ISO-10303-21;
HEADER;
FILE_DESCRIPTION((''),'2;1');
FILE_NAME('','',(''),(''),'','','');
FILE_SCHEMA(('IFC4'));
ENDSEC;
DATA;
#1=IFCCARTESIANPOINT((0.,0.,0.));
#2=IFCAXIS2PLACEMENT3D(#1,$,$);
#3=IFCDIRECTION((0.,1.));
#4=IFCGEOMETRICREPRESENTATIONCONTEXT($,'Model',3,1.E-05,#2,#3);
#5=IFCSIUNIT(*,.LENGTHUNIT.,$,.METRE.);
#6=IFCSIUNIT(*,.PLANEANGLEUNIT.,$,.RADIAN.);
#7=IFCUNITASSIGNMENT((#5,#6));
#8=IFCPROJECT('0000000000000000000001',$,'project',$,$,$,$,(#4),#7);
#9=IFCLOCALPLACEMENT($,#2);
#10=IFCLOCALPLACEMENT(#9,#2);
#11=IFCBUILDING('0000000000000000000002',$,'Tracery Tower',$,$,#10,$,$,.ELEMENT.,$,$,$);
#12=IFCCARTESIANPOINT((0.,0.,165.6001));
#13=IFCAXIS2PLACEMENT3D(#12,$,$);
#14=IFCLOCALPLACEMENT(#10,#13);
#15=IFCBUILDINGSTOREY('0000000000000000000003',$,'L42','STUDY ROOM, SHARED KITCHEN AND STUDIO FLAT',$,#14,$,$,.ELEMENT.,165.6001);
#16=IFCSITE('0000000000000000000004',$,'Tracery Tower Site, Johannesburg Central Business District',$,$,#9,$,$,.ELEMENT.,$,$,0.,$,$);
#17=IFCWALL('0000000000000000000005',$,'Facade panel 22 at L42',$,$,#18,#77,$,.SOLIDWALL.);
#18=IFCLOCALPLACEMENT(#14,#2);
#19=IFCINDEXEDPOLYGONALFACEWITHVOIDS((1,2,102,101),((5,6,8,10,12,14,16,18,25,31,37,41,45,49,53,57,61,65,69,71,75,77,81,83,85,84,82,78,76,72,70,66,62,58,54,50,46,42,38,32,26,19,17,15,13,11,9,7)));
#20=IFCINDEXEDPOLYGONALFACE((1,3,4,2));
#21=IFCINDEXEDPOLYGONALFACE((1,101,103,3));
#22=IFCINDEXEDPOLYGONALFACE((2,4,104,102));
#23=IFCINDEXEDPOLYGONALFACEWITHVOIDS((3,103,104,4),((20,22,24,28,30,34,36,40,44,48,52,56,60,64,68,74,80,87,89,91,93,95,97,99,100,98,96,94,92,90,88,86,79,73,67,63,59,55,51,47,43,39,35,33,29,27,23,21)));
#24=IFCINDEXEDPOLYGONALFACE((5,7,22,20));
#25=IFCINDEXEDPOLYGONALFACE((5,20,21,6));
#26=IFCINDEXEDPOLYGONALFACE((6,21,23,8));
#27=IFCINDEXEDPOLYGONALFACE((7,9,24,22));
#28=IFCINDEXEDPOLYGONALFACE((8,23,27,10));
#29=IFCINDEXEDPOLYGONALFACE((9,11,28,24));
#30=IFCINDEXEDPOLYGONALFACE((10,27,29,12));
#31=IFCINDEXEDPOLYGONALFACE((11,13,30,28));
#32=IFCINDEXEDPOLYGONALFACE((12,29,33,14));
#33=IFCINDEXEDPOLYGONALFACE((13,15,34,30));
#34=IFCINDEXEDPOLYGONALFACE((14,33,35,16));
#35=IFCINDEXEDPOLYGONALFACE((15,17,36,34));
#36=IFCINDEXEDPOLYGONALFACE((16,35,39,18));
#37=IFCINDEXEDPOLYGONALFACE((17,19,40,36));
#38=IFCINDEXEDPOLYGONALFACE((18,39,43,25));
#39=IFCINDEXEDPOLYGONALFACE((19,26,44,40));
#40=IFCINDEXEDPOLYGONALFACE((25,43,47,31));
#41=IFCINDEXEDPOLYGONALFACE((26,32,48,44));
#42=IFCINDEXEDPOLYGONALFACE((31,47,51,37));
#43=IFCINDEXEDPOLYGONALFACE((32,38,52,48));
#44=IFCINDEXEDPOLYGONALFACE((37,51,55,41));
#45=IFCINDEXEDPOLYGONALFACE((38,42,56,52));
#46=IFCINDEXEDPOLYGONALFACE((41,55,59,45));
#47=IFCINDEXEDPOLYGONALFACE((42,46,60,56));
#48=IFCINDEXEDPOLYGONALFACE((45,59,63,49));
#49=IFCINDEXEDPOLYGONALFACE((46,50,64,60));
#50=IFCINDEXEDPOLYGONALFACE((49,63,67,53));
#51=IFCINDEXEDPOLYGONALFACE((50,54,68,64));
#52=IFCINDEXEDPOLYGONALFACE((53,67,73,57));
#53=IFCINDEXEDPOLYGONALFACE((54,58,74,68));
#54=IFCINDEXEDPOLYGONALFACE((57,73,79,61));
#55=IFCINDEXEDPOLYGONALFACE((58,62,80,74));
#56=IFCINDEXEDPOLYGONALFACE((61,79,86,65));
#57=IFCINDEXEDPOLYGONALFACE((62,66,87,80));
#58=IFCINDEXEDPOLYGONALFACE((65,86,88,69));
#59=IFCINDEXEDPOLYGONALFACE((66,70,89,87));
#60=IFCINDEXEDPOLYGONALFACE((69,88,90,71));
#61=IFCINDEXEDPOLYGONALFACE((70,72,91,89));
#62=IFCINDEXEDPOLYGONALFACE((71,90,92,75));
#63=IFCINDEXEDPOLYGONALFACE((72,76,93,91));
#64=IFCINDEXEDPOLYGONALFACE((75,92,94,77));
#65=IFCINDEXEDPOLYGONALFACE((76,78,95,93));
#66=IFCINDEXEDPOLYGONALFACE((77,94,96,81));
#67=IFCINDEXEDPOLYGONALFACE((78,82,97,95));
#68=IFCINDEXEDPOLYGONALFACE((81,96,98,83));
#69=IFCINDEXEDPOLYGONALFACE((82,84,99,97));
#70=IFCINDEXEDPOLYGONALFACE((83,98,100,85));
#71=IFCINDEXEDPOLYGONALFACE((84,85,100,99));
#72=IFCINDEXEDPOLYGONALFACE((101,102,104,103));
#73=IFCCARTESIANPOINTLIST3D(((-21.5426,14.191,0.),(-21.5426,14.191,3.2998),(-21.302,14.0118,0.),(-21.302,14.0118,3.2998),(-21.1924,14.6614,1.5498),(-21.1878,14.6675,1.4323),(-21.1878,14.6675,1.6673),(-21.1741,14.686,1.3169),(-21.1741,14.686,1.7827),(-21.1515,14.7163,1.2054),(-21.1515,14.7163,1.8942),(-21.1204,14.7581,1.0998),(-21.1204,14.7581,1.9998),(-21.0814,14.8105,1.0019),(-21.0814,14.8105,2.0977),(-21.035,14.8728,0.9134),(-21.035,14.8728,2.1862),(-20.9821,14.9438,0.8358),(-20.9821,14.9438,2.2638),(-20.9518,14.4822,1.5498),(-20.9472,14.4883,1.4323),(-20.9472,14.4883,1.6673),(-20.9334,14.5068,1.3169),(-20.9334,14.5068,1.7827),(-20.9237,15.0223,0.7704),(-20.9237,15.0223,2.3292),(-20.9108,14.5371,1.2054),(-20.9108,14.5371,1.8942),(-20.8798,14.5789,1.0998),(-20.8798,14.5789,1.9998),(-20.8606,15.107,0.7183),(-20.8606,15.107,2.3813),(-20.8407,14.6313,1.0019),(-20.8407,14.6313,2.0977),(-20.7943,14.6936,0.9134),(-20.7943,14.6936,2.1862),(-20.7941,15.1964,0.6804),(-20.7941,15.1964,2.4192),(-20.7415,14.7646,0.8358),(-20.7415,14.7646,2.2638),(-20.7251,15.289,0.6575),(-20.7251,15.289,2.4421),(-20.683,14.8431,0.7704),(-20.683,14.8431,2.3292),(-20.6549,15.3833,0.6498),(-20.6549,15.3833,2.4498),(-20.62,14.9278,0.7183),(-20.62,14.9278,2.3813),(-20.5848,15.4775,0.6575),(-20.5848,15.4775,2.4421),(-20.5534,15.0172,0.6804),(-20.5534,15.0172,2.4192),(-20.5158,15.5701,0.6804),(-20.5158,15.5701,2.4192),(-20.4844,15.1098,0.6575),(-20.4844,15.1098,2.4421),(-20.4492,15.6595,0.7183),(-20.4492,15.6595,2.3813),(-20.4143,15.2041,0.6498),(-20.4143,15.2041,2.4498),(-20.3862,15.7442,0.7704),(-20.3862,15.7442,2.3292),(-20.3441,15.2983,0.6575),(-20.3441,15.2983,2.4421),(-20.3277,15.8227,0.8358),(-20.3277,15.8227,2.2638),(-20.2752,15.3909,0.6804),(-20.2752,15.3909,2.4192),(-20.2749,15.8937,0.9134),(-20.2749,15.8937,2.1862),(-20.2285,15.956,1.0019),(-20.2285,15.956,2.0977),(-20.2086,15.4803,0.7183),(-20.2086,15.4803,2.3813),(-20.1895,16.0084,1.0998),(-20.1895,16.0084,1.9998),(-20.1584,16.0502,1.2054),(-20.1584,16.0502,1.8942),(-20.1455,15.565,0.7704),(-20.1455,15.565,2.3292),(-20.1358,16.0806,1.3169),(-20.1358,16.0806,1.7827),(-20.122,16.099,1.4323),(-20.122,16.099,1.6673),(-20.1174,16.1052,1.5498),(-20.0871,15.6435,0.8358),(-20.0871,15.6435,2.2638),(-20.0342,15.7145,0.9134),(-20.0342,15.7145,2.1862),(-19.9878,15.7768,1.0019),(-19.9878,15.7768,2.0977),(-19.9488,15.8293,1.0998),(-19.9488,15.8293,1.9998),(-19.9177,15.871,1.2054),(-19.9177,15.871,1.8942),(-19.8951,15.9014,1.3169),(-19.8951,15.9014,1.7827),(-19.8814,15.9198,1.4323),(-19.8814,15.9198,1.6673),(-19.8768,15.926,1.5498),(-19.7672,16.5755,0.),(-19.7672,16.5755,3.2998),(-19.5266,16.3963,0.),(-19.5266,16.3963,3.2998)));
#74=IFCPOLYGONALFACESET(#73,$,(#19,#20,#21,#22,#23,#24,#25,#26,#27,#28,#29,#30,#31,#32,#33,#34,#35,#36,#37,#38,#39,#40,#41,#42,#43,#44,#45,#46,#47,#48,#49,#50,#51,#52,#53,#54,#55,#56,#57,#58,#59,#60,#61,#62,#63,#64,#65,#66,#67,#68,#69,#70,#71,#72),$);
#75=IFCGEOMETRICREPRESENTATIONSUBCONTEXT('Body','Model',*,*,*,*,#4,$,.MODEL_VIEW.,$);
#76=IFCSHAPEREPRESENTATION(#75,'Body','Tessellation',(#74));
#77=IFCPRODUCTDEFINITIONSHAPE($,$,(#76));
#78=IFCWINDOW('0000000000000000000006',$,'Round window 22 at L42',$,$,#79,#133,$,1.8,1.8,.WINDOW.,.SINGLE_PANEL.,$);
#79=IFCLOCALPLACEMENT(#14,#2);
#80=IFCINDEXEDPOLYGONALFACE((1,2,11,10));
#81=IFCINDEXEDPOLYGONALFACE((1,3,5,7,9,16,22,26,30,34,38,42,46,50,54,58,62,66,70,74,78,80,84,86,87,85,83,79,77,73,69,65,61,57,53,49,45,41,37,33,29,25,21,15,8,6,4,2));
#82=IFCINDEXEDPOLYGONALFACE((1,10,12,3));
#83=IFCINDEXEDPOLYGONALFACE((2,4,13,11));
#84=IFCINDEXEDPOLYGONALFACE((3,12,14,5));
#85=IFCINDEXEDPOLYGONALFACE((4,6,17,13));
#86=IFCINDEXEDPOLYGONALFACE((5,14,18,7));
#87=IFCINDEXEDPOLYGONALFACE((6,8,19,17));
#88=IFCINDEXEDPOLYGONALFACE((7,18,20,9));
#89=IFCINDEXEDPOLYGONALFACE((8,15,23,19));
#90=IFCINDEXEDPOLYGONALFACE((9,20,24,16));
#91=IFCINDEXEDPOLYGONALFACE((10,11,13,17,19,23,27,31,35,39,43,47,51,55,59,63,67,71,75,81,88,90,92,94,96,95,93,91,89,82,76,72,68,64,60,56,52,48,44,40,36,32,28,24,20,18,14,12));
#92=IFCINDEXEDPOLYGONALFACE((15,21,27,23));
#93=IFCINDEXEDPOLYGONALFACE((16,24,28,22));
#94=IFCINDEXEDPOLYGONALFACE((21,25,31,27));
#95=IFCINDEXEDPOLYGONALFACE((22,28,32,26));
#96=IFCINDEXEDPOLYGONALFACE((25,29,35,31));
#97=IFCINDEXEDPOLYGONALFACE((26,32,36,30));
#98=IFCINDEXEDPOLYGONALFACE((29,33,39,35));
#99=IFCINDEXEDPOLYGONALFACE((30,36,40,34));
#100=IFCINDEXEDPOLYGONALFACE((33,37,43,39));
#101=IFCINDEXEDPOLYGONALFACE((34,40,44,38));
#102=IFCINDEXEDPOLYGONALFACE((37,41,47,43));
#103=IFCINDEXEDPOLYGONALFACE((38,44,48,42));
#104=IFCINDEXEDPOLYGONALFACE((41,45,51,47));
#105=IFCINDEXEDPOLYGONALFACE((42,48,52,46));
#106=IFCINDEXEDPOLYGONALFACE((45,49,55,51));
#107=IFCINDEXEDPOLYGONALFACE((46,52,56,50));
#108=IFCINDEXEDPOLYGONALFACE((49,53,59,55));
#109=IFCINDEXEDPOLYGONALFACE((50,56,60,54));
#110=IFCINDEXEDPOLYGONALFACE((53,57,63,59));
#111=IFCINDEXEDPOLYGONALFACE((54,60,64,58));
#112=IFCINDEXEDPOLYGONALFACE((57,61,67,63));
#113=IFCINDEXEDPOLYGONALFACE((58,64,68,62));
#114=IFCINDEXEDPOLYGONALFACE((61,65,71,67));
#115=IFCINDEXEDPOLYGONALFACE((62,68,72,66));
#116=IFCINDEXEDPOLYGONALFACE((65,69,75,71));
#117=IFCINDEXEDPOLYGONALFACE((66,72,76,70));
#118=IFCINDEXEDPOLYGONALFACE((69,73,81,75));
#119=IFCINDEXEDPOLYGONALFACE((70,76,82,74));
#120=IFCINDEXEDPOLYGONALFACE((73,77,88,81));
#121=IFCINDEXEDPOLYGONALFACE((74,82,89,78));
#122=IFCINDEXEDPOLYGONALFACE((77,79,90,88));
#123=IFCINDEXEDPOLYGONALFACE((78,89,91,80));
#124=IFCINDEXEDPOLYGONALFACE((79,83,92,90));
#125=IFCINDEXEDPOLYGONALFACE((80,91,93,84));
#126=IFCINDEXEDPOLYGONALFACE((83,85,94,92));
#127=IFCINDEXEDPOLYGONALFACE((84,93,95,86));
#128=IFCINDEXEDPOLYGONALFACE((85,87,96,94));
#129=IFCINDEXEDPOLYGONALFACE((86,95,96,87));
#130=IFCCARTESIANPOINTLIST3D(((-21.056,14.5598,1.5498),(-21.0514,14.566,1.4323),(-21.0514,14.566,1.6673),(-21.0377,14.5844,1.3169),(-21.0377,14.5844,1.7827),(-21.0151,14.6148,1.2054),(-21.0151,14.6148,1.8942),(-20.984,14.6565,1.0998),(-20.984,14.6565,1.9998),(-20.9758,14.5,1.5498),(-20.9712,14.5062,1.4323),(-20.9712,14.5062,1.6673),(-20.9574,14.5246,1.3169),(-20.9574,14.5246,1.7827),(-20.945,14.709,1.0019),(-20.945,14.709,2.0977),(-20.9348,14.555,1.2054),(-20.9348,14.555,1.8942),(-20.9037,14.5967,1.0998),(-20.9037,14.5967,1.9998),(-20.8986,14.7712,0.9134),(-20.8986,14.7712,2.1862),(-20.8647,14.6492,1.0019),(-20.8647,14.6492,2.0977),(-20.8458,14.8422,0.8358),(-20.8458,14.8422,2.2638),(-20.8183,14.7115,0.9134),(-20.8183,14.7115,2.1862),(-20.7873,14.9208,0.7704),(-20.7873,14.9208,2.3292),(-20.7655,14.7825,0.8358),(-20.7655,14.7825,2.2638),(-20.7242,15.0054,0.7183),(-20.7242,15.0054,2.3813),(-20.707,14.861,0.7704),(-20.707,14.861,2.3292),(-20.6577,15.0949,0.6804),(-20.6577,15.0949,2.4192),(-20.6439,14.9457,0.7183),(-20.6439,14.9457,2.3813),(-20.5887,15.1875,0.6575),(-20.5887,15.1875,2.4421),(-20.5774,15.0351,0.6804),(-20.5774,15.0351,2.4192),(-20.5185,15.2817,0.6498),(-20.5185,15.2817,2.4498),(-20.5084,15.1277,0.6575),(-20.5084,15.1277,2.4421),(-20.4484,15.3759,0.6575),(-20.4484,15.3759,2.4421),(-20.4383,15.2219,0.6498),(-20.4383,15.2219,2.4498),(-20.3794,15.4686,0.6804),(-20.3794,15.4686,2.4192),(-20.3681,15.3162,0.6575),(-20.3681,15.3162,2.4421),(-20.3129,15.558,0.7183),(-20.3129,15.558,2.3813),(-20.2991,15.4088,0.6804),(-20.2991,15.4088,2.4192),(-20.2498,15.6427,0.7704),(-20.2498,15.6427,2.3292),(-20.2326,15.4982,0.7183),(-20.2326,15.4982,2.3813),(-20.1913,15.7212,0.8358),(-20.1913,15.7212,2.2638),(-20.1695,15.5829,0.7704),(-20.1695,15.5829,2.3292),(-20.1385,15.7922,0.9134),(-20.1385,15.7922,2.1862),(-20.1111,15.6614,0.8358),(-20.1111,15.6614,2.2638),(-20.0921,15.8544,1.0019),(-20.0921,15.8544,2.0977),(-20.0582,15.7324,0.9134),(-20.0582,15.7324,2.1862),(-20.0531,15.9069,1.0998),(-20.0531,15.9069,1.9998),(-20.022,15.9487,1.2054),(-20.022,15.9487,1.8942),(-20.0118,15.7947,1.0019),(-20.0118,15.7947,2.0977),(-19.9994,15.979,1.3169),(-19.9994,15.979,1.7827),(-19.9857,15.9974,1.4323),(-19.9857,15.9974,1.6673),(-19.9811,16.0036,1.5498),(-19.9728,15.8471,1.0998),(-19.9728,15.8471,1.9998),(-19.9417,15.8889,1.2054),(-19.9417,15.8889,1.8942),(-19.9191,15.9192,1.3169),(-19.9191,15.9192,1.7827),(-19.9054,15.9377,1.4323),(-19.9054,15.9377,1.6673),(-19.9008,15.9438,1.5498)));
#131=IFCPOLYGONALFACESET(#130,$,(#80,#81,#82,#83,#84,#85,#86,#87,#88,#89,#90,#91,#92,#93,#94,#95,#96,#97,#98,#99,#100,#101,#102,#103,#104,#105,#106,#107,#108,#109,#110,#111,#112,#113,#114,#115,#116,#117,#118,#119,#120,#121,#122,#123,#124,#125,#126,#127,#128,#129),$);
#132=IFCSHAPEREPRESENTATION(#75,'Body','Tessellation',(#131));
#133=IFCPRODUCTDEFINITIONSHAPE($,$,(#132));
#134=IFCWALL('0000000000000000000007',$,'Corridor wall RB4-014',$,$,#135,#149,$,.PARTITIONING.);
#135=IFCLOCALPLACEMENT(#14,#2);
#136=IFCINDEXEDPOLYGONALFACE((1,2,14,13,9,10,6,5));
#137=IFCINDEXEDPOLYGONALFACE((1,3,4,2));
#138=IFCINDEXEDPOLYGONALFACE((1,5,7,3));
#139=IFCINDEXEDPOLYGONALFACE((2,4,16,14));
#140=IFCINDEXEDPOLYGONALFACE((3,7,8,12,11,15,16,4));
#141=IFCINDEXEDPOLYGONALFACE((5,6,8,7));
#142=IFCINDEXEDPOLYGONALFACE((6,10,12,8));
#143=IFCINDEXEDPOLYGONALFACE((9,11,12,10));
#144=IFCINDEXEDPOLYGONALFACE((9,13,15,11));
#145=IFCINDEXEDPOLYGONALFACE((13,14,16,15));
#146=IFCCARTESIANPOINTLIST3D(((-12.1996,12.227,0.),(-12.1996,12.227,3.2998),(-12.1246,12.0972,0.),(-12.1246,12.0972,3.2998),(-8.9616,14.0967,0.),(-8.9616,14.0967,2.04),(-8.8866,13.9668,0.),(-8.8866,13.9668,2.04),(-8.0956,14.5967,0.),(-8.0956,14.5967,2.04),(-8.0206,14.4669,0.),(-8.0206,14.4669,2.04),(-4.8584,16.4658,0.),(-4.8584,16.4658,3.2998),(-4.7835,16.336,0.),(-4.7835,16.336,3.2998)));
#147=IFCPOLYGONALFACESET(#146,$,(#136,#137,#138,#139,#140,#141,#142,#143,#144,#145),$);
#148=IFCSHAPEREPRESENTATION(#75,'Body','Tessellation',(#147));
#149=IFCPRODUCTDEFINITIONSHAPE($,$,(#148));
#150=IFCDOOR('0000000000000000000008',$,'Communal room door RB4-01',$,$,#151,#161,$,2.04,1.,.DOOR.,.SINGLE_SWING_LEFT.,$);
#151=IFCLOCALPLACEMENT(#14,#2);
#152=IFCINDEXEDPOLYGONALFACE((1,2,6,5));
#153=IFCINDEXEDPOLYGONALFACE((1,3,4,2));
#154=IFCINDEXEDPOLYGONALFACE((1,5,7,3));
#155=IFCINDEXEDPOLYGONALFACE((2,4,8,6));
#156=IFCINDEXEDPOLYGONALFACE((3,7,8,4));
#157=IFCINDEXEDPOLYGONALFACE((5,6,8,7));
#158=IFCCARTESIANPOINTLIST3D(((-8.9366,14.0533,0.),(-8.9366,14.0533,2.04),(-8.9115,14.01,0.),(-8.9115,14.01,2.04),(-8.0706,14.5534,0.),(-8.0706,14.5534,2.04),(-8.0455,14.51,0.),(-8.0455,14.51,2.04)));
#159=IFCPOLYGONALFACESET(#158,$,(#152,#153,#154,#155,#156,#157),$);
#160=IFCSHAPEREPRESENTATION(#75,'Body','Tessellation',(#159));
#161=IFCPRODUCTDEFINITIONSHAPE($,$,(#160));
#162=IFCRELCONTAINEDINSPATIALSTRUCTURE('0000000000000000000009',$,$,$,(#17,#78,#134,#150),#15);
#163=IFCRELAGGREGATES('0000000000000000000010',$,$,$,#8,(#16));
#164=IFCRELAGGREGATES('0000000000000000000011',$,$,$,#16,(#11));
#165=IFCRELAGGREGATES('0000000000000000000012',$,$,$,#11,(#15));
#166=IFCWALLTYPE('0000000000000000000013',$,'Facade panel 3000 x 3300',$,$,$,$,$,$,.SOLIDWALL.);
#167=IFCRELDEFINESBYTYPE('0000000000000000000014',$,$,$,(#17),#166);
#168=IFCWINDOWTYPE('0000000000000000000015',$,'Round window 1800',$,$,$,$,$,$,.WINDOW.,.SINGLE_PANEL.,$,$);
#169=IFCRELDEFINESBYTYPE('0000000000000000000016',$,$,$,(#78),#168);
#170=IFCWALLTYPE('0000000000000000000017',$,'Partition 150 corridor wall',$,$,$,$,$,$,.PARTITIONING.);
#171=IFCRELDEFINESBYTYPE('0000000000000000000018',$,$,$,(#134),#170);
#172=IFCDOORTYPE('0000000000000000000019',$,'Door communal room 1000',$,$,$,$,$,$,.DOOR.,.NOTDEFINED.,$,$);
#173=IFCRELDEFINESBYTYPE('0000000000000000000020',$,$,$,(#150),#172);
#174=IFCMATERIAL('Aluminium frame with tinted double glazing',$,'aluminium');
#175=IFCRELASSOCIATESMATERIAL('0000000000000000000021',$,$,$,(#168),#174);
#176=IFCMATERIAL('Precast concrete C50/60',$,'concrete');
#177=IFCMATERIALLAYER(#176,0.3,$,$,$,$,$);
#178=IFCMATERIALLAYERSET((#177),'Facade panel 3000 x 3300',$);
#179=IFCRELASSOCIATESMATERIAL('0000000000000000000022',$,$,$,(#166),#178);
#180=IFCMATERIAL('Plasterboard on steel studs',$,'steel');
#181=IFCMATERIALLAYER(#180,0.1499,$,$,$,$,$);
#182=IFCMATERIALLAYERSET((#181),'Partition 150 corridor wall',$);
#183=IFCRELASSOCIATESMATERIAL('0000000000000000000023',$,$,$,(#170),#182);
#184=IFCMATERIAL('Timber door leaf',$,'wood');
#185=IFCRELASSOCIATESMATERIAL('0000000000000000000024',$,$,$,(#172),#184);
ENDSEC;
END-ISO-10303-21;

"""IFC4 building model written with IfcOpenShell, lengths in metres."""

from ifc_helpers import new_model, si_unit, direction, frame, frame_2d, origin, origin_2d, place, context, subcontext, project, spatial, rectangle, circle, extrude, material, layer, layer_set, type_object, element, fill, save


model = new_model("IFC4")

# Units and contexts
model_context = context("Model", 3, precision=1e-05, world=origin(), true_north=direction((0.0, 1.0)))
body_context = subcontext(model_context, "Body", "Model", "MODEL_VIEW")
ifc_project = project(units=[si_unit("LENGTHUNIT", "METRE"), si_unit("PLANEANGLEUNIT", "RADIAN")], contexts=[model_context])

# Site, building, storey
site_placement = place(None, origin())
site = spatial("IfcSite", under=ifc_project, at=site_placement, Name="Tracery Tower Site, Johannesburg Central Business District", CompositionType="ELEMENT", RefElevation=0.0)
building_placement = place(site_placement, origin())
building = spatial("IfcBuilding", under=site, at=building_placement, Name="Tracery Tower", CompositionType="ELEMENT")
storey_placement = place(building_placement, frame((0.0, 0.0, 165.6001)))
storey = spatial("IfcBuildingStorey", under=building, at=storey_placement, Name="L42", Description="STUDY ROOM, SHARED KITCHEN AND STUDIO FLAT", CompositionType="ELEMENT", Elevation=165.6001)

# Wall, opening, window
ifc_material_1 = material(Name="Aluminium frame with tinted double glazing", Category="aluminium")
window_type = type_object("IfcWindowType", Name="Round window 1800", PartitioningType="SINGLE_PANEL", PredefinedType="WINDOW", material=ifc_material_1)
ifc_material_2 = material(Name="Precast concrete C50/60", Category="concrete")
ifc_layer_1 = layer(ifc_material_2, 0.3)
ifc_layer_set_1 = layer_set([ifc_layer_1], Name="Facade panel 3000 x 3300")
wall_type_1 = type_object("IfcWallType", Name="Facade panel 3000 x 3300", PredefinedType="SOLIDWALL", material=ifc_layer_set_1)
wall_1_placement = place(storey_placement, frame((-19.647, 16.4858, 0.0), z_axis=(0.0, 0.0, 1.0), x_axis=(-0.597198, -0.802094, 0.0)))
wall_1 = element("IfcWall", 1, at=wall_1_placement, inside=storey, type_object=wall_type_1, Name="Facade panel 22 at L42", PredefinedType="SOLIDWALL", context=body_context, shape_type="SweptSolid", body=[
    extrude(rectangle(XDim=2.9729, YDim=0.3, at=frame_2d((1.4863, 0.0))), origin(), (0.0, 0.0, 1.0), 3.2998),
])
opening_1_placement = place(wall_1_placement, frame((1.4863, 0.0, 1.5498)))
opening_1 = element("IfcOpeningElement", 2, at=opening_1_placement, cuts=wall_1, PredefinedType="OPENING", context=body_context, shape_type="SweptSolid", body=[
    extrude(circle(Radius=0.9, at=origin_2d()), frame((0.0, 0.1599, 0.0), z_axis=(0.0, -1.0, 0.0), x_axis=(1.0, 0.0, 0.0)), (0.0, 0.0, 1.0), 0.3201),
])
window_1_placement = place(opening_1_placement, origin())
window_1 = element("IfcWindow", 3, at=window_1_placement, inside=storey, type_object=window_type, Name="Round window 22 at L42", OverallHeight=1.8, OverallWidth=1.8, PartitioningType="SINGLE_PANEL", PredefinedType="WINDOW", context=body_context, shape_type="SweptSolid", body=[
    extrude(circle(Radius=0.9, at=origin_2d()), frame((0.0, 0.1201, 0.0), z_axis=(0.0, -1.0, 0.0), x_axis=(1.0, 0.0, 0.0)), (0.0, 0.0, 1.0), 0.1001),
])
fill(opening_1, window_1)

# Wall, opening, door
ifc_material_3 = material(Name="Plasterboard on steel studs", Category="steel")
ifc_layer_2 = layer(ifc_material_3, 0.1499)
ifc_layer_set_2 = layer_set([ifc_layer_2], Name="Partition 150 corridor wall")
wall_type_2 = type_object("IfcWallType", Name="Partition 150 corridor wall", PredefinedType="PARTITIONING", material=ifc_layer_set_2)
wall_2_placement = place(storey_placement, frame((-12.1621, 12.1621, 0.0), z_axis=(0.0, 0.0, 1.0), x_axis=(0.866005, 0.500036, 0.0)))
wall_2 = element("IfcWall", 4, at=wall_2_placement, inside=storey, type_object=wall_type_2, Name="Corridor wall RB4-014", PredefinedType="PARTITIONING", context=body_context, shape_type="SweptSolid", body=[
    extrude(rectangle(XDim=8.4771, YDim=0.1499, at=frame_2d((4.2385, 0.0))), origin(), (0.0, 0.0, 1.0), 3.2998),
])
opening_2_placement = place(wall_2_placement, frame((3.739, 0.0, 0.0)))
opening_2 = element("IfcOpeningElement", 5, at=opening_2_placement, cuts=wall_2, PredefinedType="OPENING", context=body_context, shape_type="SweptSolid", body=[
    extrude(rectangle(XDim=1.0, YDim=2.04, at=frame_2d((0.5, 1.02))), frame((0.0, 0.075, 0.0), z_axis=(0.0, -1.0, 0.0), x_axis=(1.0, 0.0, 0.0)), (0.0, 0.0, 1.0), 0.1499),
])
ifc_material_4 = material(Name="Timber door leaf", Category="wood")
door_type = type_object("IfcDoorType", Name="Door communal room 1000", OperationType="NOTDEFINED", PredefinedType="DOOR", material=ifc_material_4)
door_1_placement = place(opening_2_placement, origin())
door_1 = element("IfcDoor", 6, at=door_1_placement, inside=storey, type_object=door_type, Name="Communal room door RB4-01", OperationType="SINGLE_SWING_LEFT", OverallHeight=2.04, OverallWidth=1.0, PredefinedType="DOOR", context=body_context, shape_type="SweptSolid", body=[
    extrude(rectangle(XDim=1.0, YDim=2.04, at=frame_2d((0.5, 1.02))), frame((0.0, 0.0249, 0.0), z_axis=(0.0, -1.0, 0.0), x_axis=(1.0, 0.0, 0.0)), (0.0, 0.0, 1.0), 0.05),
])
fill(opening_2, door_1)

save(model, "model.ifc")
